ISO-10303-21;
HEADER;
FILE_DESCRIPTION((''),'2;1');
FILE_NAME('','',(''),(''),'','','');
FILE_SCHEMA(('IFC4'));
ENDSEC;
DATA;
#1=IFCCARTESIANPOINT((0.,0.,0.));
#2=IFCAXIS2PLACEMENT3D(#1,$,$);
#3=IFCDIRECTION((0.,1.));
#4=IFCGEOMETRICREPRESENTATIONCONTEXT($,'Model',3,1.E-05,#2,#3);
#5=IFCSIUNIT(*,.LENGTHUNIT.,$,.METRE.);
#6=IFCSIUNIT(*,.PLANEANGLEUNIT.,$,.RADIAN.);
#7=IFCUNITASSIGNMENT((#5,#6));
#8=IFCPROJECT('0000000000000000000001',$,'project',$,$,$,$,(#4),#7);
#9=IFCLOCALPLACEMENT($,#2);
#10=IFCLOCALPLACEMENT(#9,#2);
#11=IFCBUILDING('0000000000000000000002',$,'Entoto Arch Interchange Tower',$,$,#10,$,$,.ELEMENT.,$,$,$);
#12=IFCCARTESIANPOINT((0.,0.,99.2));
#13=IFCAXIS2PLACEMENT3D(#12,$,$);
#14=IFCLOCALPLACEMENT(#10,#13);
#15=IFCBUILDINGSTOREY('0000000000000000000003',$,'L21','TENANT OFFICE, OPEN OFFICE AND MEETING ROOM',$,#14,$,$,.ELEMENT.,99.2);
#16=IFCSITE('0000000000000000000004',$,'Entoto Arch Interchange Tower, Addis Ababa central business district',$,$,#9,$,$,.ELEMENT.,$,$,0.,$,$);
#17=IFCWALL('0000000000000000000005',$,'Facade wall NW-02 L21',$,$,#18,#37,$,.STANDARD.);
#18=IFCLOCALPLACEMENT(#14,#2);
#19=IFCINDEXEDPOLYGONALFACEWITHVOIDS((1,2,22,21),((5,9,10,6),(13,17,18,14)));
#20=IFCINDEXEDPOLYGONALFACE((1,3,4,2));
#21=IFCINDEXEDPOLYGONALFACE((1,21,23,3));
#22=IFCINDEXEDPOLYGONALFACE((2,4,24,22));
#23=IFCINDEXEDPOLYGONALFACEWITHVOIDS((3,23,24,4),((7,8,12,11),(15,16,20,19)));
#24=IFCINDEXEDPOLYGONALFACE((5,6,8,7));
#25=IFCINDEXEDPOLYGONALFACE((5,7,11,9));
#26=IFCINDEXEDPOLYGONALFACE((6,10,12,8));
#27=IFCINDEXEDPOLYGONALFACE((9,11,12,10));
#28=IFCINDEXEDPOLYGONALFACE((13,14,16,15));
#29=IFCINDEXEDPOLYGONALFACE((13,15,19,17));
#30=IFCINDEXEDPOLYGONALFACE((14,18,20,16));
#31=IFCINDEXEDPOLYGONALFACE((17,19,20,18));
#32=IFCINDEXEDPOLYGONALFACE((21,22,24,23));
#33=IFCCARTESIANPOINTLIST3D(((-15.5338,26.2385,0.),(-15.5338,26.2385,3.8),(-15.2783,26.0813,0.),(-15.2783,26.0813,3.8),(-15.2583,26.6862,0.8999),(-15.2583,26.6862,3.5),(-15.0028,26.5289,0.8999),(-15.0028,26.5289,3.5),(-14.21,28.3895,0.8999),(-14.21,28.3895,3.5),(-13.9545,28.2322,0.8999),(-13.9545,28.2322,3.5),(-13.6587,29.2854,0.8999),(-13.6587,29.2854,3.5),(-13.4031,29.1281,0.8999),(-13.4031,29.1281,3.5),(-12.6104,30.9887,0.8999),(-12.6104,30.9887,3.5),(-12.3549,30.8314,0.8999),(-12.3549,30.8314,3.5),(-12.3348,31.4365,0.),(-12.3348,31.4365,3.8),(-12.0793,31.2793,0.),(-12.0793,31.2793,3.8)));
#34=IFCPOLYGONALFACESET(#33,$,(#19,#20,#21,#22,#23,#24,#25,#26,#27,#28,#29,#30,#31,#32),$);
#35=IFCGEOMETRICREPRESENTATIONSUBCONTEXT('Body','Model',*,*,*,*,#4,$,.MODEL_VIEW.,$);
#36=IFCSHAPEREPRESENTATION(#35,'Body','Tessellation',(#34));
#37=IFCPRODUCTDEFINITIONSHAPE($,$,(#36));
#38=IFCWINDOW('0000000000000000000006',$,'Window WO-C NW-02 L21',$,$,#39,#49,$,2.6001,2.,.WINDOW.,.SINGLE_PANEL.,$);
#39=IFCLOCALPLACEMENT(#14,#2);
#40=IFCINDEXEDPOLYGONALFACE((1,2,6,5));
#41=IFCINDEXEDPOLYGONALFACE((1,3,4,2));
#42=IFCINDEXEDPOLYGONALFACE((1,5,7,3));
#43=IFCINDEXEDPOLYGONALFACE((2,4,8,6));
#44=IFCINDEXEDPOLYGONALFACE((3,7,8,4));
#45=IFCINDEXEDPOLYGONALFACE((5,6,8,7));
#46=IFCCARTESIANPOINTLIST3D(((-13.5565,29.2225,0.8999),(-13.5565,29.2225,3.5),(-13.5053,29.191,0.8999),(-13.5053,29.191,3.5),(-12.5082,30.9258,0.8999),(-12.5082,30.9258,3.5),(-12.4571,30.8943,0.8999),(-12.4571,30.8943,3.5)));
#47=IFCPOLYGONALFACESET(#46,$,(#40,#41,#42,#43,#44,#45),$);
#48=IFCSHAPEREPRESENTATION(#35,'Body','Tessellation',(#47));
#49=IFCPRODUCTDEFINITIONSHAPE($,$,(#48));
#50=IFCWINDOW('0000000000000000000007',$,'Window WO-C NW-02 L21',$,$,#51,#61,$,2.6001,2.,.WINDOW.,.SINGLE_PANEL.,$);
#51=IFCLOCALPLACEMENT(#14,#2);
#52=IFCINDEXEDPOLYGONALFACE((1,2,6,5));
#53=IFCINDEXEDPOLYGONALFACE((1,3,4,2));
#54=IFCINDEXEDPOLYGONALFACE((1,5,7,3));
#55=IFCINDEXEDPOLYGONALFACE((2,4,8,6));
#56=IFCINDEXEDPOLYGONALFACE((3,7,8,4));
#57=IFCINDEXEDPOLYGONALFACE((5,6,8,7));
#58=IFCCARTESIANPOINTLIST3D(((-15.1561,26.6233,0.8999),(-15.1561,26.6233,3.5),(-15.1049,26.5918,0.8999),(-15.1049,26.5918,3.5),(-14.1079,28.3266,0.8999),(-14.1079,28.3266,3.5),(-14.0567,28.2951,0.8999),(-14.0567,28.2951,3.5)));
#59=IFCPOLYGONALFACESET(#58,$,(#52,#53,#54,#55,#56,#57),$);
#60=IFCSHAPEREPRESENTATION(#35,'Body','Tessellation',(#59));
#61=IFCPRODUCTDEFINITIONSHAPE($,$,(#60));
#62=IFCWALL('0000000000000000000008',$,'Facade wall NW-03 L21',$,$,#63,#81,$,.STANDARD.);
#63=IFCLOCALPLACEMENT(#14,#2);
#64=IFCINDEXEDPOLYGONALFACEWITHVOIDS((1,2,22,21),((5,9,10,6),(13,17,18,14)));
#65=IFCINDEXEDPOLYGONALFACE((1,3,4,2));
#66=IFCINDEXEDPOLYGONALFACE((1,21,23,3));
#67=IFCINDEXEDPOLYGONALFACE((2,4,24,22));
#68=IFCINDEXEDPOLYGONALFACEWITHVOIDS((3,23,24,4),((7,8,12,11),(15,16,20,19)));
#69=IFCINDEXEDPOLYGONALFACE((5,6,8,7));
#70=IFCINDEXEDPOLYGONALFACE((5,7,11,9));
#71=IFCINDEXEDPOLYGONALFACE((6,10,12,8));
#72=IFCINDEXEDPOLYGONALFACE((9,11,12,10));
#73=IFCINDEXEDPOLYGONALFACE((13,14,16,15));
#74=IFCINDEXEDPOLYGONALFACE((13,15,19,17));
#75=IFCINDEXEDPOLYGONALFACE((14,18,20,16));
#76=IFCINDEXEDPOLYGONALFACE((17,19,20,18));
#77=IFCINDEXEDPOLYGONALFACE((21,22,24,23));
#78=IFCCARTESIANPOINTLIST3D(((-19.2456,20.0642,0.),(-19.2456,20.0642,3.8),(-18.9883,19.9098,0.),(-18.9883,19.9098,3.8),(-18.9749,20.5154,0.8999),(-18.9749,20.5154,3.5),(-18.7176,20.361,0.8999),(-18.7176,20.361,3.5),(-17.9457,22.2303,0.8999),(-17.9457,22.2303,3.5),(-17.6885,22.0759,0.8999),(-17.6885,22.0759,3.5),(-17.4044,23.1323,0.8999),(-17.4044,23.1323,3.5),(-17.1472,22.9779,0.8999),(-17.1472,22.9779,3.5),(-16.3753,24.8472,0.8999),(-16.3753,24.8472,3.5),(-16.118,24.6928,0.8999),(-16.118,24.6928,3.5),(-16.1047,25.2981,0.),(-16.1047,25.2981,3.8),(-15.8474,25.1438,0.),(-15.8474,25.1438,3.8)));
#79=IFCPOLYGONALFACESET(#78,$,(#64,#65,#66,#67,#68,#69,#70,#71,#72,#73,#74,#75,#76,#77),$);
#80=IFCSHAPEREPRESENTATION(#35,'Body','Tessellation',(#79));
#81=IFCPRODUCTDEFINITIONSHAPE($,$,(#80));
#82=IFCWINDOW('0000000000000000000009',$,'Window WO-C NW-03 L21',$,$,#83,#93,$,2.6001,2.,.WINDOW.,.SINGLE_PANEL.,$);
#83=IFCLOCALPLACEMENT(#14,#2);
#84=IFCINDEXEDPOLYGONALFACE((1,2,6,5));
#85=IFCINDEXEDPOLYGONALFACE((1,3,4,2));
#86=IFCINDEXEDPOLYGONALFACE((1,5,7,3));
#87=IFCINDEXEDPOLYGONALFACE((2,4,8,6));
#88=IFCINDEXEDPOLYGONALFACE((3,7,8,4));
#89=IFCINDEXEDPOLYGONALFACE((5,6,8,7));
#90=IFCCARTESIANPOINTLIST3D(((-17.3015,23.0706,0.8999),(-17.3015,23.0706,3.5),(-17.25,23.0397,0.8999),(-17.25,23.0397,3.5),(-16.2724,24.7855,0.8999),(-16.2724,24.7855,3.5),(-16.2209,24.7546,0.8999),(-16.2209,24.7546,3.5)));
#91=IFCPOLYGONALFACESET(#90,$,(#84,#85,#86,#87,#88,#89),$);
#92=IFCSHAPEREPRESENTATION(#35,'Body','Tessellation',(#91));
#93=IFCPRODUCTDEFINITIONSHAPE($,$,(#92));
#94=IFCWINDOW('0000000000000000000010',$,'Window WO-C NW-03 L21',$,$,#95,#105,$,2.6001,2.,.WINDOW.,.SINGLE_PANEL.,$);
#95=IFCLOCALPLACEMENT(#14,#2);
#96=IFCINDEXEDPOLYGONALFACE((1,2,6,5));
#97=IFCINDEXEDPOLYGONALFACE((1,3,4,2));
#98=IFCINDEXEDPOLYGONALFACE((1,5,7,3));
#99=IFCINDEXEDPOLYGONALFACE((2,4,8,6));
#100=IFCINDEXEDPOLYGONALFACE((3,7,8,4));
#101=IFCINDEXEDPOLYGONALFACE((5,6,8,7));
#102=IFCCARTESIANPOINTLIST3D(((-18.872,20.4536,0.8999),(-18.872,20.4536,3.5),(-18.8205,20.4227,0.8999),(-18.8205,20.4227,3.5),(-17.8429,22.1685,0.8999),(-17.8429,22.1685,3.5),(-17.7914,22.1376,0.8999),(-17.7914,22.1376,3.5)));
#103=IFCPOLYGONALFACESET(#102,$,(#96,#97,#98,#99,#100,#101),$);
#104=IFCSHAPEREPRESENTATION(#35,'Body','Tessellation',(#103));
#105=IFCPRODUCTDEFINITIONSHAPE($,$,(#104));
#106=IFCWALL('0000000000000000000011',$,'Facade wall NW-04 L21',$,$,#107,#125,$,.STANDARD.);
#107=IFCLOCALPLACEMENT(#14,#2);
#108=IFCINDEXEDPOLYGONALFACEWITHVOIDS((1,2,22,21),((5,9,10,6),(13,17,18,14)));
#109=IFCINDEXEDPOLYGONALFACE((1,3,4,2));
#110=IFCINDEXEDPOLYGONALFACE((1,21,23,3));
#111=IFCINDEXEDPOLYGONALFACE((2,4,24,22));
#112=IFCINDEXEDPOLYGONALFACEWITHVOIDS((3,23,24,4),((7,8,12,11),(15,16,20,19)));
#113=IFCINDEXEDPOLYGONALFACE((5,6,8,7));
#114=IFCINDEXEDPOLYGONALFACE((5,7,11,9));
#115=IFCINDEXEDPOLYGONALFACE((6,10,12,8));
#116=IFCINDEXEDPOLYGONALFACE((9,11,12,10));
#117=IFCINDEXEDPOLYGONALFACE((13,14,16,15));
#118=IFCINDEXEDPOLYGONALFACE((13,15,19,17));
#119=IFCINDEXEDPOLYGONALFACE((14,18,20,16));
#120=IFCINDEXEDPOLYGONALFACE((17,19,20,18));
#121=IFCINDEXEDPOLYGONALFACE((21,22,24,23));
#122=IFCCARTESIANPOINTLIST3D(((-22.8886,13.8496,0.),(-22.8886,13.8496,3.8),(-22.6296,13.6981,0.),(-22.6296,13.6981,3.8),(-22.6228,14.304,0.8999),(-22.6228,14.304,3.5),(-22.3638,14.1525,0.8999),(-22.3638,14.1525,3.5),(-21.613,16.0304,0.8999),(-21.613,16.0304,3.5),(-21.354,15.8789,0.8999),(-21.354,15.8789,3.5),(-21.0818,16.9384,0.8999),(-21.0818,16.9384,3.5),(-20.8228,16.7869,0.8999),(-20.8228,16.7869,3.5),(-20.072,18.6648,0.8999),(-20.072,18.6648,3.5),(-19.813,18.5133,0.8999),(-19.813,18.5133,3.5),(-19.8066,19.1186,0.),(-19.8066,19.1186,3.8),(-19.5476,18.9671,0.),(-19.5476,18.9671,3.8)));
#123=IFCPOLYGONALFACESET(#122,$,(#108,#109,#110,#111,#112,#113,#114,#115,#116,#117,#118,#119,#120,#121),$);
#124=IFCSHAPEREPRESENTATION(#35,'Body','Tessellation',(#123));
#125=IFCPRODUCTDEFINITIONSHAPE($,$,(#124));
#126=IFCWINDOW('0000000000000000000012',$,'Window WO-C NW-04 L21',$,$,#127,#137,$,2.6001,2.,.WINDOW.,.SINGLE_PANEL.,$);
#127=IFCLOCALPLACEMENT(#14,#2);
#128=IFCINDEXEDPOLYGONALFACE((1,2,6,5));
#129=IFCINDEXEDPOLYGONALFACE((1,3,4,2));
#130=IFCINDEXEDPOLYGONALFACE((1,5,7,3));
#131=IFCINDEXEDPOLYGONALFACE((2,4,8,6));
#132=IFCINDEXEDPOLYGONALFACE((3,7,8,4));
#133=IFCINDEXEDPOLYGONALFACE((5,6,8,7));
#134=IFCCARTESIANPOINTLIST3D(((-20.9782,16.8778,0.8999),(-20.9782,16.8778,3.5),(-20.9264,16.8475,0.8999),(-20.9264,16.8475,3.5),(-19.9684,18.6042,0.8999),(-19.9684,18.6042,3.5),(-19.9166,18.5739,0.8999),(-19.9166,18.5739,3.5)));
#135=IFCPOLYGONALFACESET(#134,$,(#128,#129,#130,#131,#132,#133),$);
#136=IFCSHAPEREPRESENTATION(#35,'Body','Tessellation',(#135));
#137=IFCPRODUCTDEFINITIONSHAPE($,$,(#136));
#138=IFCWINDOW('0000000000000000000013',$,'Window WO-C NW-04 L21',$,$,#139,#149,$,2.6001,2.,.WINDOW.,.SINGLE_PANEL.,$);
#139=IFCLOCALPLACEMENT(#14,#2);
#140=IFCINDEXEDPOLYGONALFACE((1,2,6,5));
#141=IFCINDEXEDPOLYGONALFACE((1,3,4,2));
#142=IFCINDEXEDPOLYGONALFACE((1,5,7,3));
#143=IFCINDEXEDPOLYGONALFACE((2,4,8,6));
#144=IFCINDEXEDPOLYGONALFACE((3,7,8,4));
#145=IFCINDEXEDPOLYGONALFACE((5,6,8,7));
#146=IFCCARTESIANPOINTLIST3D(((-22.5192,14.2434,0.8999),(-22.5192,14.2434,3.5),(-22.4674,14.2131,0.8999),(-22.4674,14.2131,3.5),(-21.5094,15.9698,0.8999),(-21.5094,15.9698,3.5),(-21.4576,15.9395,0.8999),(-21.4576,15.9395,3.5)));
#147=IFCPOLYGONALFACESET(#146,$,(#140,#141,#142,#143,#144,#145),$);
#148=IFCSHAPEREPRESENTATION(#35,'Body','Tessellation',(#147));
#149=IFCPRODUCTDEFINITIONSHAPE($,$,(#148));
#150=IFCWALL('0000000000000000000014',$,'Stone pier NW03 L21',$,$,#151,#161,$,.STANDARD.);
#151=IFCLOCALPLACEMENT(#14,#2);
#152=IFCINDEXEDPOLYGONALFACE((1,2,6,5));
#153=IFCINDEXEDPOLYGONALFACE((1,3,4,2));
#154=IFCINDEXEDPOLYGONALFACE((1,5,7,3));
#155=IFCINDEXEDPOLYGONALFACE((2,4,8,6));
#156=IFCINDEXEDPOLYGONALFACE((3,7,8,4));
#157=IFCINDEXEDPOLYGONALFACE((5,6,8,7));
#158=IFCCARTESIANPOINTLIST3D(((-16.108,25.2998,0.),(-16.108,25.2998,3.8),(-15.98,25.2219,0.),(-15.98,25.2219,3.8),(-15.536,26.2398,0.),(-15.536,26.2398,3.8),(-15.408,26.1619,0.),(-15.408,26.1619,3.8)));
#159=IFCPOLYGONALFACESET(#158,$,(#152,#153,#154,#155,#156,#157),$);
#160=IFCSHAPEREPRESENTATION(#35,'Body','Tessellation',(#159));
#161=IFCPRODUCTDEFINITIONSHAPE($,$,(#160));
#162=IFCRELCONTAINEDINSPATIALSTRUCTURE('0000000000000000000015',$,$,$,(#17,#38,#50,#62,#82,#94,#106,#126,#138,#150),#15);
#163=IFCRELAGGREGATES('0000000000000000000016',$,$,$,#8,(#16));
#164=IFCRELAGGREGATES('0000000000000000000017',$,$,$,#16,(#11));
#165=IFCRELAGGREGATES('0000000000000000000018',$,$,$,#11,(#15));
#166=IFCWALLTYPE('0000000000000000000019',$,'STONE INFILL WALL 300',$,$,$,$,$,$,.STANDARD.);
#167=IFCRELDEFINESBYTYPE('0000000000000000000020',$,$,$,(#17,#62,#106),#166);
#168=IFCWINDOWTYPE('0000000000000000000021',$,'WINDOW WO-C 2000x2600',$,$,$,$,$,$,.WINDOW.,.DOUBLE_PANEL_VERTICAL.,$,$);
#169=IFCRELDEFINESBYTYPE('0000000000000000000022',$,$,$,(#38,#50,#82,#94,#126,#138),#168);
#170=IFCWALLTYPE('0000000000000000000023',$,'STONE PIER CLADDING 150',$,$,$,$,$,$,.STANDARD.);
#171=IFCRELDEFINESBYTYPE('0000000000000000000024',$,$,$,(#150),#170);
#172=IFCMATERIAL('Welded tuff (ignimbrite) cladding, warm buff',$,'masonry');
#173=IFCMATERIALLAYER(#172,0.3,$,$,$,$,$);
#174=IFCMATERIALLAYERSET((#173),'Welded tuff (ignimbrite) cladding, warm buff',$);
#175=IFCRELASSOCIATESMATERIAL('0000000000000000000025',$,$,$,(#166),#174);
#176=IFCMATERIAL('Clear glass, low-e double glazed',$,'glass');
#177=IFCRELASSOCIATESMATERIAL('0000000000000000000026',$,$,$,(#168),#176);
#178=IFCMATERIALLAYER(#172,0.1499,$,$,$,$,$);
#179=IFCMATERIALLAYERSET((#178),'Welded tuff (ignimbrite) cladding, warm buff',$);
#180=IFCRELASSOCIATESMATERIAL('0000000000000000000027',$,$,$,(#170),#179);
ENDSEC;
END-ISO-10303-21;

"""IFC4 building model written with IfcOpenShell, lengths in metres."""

from ifc_helpers import new_model, si_unit, direction, frame, frame_2d, origin, place, context, subcontext, project, spatial, rectangle, extrude, material, layer, layer_set, type_object, element, fill, save


model = new_model("IFC4")

# Units and contexts
model_context = context("Model", 3, precision=1e-05, world=origin(), true_north=direction((0.0, 1.0)))
body_context = subcontext(model_context, "Body", "Model", "MODEL_VIEW")
ifc_project = project(units=[si_unit("LENGTHUNIT", "METRE"), si_unit("PLANEANGLEUNIT", "RADIAN")], contexts=[model_context])

# Site, building, storey
site_placement = place(None, origin())
site = spatial("IfcSite", under=ifc_project, at=site_placement, Name="Entoto Arch Interchange Tower, Addis Ababa central business district", CompositionType="ELEMENT", RefElevation=0.0)
building_placement = place(site_placement, origin())
building = spatial("IfcBuilding", under=site, at=building_placement, Name="Entoto Arch Interchange Tower", CompositionType="ELEMENT")
storey_placement = place(building_placement, frame((0.0, 0.0, 99.2)))
storey = spatial("IfcBuildingStorey", under=building, at=storey_placement, Name="L21", Description="TENANT OFFICE, OPEN OFFICE AND MEETING ROOM", CompositionType="ELEMENT", Elevation=99.2)

# Walls, openings, windows
ifc_material_1 = material(Name="Welded tuff (ignimbrite) cladding, warm buff", Category="masonry")
ifc_layer_1 = layer(ifc_material_1, 0.3)
ifc_layer_set_1 = layer_set([ifc_layer_1], Name="Welded tuff (ignimbrite) cladding, warm buff")
wall_type_1 = type_object("IfcWallType", Name="STONE INFILL WALL 300", PredefinedType="STANDARD", material=ifc_layer_set_1)
wall_1_placement = place(storey_placement, frame((-12.207, 31.3579, 0.0), z_axis=(0.0, 0.0, 1.0), x_axis=(-0.524122, -0.851643, 0.0)))
wall_1 = element("IfcWall", 1, at=wall_1_placement, inside=storey, type_object=wall_type_1, Name="Facade wall NW-02 L21", PredefinedType="STANDARD", context=body_context, shape_type="SweptSolid", body=[
    extrude(rectangle(XDim=6.1035, YDim=0.3, at=frame_2d((3.0518, 0.0))), origin(), (0.0, 0.0, 1.0), 3.8),
])
opening_1_placement = place(wall_1_placement, frame((0.5259, 0.0, 0.8999)))
opening_1 = element("IfcOpeningElement", 2, at=opening_1_placement, cuts=wall_1, PredefinedType="OPENING", context=body_context, shape_type="SweptSolid", body=[
    extrude(rectangle(XDim=2.0, YDim=2.6001, at=frame_2d((1.0, 1.3))), frame((0.0, 0.1602, 0.0), z_axis=(0.0, -1.0, 0.0), x_axis=(1.0, 0.0, 0.0)), (0.0, 0.0, 1.0), 0.3201),
])
opening_2_placement = place(wall_1_placement, frame((3.5779, 0.0, 0.8999)))
opening_2 = element("IfcOpeningElement", 3, at=opening_2_placement, cuts=wall_1, PredefinedType="OPENING", context=body_context, shape_type="SweptSolid", body=[
    extrude(rectangle(XDim=2.0, YDim=2.6001, at=frame_2d((1.0, 1.3))), frame((0.0, 0.1602, 0.0), z_axis=(0.0, -1.0, 0.0), x_axis=(1.0, 0.0, 0.0)), (0.0, 0.0, 1.0), 0.3201),
])
ifc_material_2 = material(Name="Clear glass, low-e double glazed", Category="glass")
window_type = type_object("IfcWindowType", Name="WINDOW WO-C 2000x2600", PartitioningType="DOUBLE_PANEL_VERTICAL", PredefinedType="WINDOW", material=ifc_material_2)
window_1_placement = place(opening_1_placement, origin())
window_1 = element("IfcWindow", 4, at=window_1_placement, inside=storey, type_object=window_type, Name="Window WO-C NW-02 L21", OverallHeight=2.6001, OverallWidth=2.0, PartitioningType="SINGLE_PANEL", PredefinedType="WINDOW", context=body_context, shape_type="SweptSolid", body=[
    extrude(rectangle(XDim=2.0, YDim=2.6001, at=frame_2d((1.0, 1.3))), frame((0.0, 0.03, 0.0), z_axis=(0.0, -1.0, 0.0), x_axis=(1.0, 0.0, 0.0)), (0.0, 0.0, 1.0), 0.0601),
])
fill(opening_1, window_1)
window_2_placement = place(opening_2_placement, origin())
window_2 = element("IfcWindow", 5, at=window_2_placement, inside=storey, type_object=window_type, Name="Window WO-C NW-02 L21", OverallHeight=2.6001, OverallWidth=2.0, PartitioningType="SINGLE_PANEL", PredefinedType="WINDOW", context=body_context, shape_type="SweptSolid", body=[
    extrude(rectangle(XDim=2.0, YDim=2.6001, at=frame_2d((1.0, 1.3))), frame((0.0, 0.03, 0.0), z_axis=(0.0, -1.0, 0.0), x_axis=(1.0, 0.0, 0.0)), (0.0, 0.0, 1.0), 0.0601),
])
fill(opening_2, window_2)
wall_2_placement = place(storey_placement, frame((-15.9761, 25.2209, 0.0), z_axis=(0.0, 0.0, 1.0), x_axis=(-0.51456, -0.857454, 0.0)))
wall_2 = element("IfcWall", 6, at=wall_2_placement, inside=storey, type_object=wall_type_1, Name="Facade wall NW-03 L21", PredefinedType="STANDARD", context=body_context, shape_type="SweptSolid", body=[
    extrude(rectangle(XDim=6.104, YDim=0.3, at=frame_2d((3.052, 0.0))), origin(), (0.0, 0.0, 1.0), 3.8),
])
opening_3_placement = place(wall_2_placement, frame((0.5259, 0.0, 0.8999)))
opening_3 = element("IfcOpeningElement", 7, at=opening_3_placement, cuts=wall_2, PredefinedType="OPENING", context=body_context, shape_type="SweptSolid", body=[
    extrude(rectangle(XDim=2.0, YDim=2.6001, at=frame_2d((1.0, 1.3))), frame((0.0, 0.1602, 0.0), z_axis=(0.0, -1.0, 0.0), x_axis=(1.0, 0.0, 0.0)), (0.0, 0.0, 1.0), 0.3201),
])
opening_4_placement = place(wall_2_placement, frame((3.5779, 0.0, 0.8999)))
opening_4 = element("IfcOpeningElement", 8, at=opening_4_placement, cuts=wall_2, PredefinedType="OPENING", context=body_context, shape_type="SweptSolid", body=[
    extrude(rectangle(XDim=2.0, YDim=2.6001, at=frame_2d((1.0, 1.3))), frame((0.0, 0.1602, 0.0), z_axis=(0.0, -1.0, 0.0), x_axis=(1.0, 0.0, 0.0)), (0.0, 0.0, 1.0), 0.3201),
])
window_3_placement = place(opening_3_placement, origin())
window_3 = element("IfcWindow", 9, at=window_3_placement, inside=storey, type_object=window_type, Name="Window WO-C NW-03 L21", OverallHeight=2.6001, OverallWidth=2.0, PartitioningType="SINGLE_PANEL", PredefinedType="WINDOW", context=body_context, shape_type="SweptSolid", body=[
    extrude(rectangle(XDim=2.0, YDim=2.6001, at=frame_2d((1.0, 1.3))), frame((0.0, 0.03, 0.0), z_axis=(0.0, -1.0, 0.0), x_axis=(1.0, 0.0, 0.0)), (0.0, 0.0, 1.0), 0.0601),
])
fill(opening_3, window_3)
window_4_placement = place(opening_4_placement, origin())
window_4 = element("IfcWindow", 10, at=window_4_placement, inside=storey, type_object=window_type, Name="Window WO-C NW-03 L21", OverallHeight=2.6001, OverallWidth=2.0, PartitioningType="SINGLE_PANEL", PredefinedType="WINDOW", context=body_context, shape_type="SweptSolid", body=[
    extrude(rectangle(XDim=2.0, YDim=2.6001, at=frame_2d((1.0, 1.3))), frame((0.0, 0.03, 0.0), z_axis=(0.0, -1.0, 0.0), x_axis=(1.0, 0.0, 0.0)), (0.0, 0.0, 1.0), 0.0601),
])
fill(opening_4, window_4)
wall_3_placement = place(storey_placement, frame((-19.677, 19.043, 0.0), z_axis=(0.0, 0.0, 1.0), x_axis=(-0.5049, -0.863178, 0.0)))
wall_3 = element("IfcWall", 11, at=wall_3_placement, inside=storey, type_object=wall_type_1, Name="Facade wall NW-04 L21", PredefinedType="STANDARD", context=body_context, shape_type="SweptSolid", body=[
    extrude(rectangle(XDim=6.1042, YDim=0.3, at=frame_2d((3.0522, 0.0))), origin(), (0.0, 0.0, 1.0), 3.8),
])
opening_5_placement = place(wall_3_placement, frame((0.5259, 0.0, 0.8999)))
opening_5 = element("IfcOpeningElement", 12, at=opening_5_placement, cuts=wall_3, PredefinedType="OPENING", context=body_context, shape_type="SweptSolid", body=[
    extrude(rectangle(XDim=2.0, YDim=2.6001, at=frame_2d((1.0, 1.3))), frame((0.0, 0.1602, 0.0), z_axis=(0.0, -1.0, 0.0), x_axis=(1.0, 0.0, 0.0)), (0.0, 0.0, 1.0), 0.3201),
])
opening_6_placement = place(wall_3_placement, frame((3.5779, 0.0, 0.8999)))
opening_6 = element("IfcOpeningElement", 13, at=opening_6_placement, cuts=wall_3, PredefinedType="OPENING", context=body_context, shape_type="SweptSolid", body=[
    extrude(rectangle(XDim=2.0, YDim=2.6001, at=frame_2d((1.0, 1.3))), frame((0.0, 0.1602, 0.0), z_axis=(0.0, -1.0, 0.0), x_axis=(1.0, 0.0, 0.0)), (0.0, 0.0, 1.0), 0.3201),
])
window_5_placement = place(opening_5_placement, origin())
window_5 = element("IfcWindow", 14, at=window_5_placement, inside=storey, type_object=window_type, Name="Window WO-C NW-04 L21", OverallHeight=2.6001, OverallWidth=2.0, PartitioningType="SINGLE_PANEL", PredefinedType="WINDOW", context=body_context, shape_type="SweptSolid", body=[
    extrude(rectangle(XDim=2.0, YDim=2.6001, at=frame_2d((1.0, 1.3))), frame((0.0, 0.03, 0.0), z_axis=(0.0, -1.0, 0.0), x_axis=(1.0, 0.0, 0.0)), (0.0, 0.0, 1.0), 0.0601),
])
fill(opening_5, window_5)
window_6_placement = place(opening_6_placement, origin())
window_6 = element("IfcWindow", 15, at=window_6_placement, inside=storey, type_object=window_type, Name="Window WO-C NW-04 L21", OverallHeight=2.6001, OverallWidth=2.0, PartitioningType="SINGLE_PANEL", PredefinedType="WINDOW", context=body_context, shape_type="SweptSolid", body=[
    extrude(rectangle(XDim=2.0, YDim=2.6001, at=frame_2d((1.0, 1.3))), frame((0.0, 0.03, 0.0), z_axis=(0.0, -1.0, 0.0), x_axis=(1.0, 0.0, 0.0)), (0.0, 0.0, 1.0), 0.0601),
])
fill(opening_6, window_6)

# Wall
ifc_layer_2 = layer(ifc_material_1, 0.1499)
ifc_layer_set_2 = layer_set([ifc_layer_2], Name="Welded tuff (ignimbrite) cladding, warm buff")
wall_type_2 = type_object("IfcWallType", Name="STONE PIER CLADDING 150", PredefinedType="STANDARD", material=ifc_layer_set_2)
wall_4_placement = place(storey_placement, frame((-15.4719, 26.2009, 0.0), z_axis=(0.0, 0.0, 1.0), x_axis=(-0.51987, -0.854246, 0.0)))
element("IfcWall", 16, at=wall_4_placement, inside=storey, type_object=wall_type_2, Name="Stone pier NW03 L21", PredefinedType="STANDARD", context=body_context, shape_type="SweptSolid", body=[
    extrude(rectangle(XDim=1.1003, YDim=0.1499, at=frame_2d((0.5503, 0.0))), origin(), (0.0, 0.0, 1.0), 3.8),
])

save(model, "model.ifc")
